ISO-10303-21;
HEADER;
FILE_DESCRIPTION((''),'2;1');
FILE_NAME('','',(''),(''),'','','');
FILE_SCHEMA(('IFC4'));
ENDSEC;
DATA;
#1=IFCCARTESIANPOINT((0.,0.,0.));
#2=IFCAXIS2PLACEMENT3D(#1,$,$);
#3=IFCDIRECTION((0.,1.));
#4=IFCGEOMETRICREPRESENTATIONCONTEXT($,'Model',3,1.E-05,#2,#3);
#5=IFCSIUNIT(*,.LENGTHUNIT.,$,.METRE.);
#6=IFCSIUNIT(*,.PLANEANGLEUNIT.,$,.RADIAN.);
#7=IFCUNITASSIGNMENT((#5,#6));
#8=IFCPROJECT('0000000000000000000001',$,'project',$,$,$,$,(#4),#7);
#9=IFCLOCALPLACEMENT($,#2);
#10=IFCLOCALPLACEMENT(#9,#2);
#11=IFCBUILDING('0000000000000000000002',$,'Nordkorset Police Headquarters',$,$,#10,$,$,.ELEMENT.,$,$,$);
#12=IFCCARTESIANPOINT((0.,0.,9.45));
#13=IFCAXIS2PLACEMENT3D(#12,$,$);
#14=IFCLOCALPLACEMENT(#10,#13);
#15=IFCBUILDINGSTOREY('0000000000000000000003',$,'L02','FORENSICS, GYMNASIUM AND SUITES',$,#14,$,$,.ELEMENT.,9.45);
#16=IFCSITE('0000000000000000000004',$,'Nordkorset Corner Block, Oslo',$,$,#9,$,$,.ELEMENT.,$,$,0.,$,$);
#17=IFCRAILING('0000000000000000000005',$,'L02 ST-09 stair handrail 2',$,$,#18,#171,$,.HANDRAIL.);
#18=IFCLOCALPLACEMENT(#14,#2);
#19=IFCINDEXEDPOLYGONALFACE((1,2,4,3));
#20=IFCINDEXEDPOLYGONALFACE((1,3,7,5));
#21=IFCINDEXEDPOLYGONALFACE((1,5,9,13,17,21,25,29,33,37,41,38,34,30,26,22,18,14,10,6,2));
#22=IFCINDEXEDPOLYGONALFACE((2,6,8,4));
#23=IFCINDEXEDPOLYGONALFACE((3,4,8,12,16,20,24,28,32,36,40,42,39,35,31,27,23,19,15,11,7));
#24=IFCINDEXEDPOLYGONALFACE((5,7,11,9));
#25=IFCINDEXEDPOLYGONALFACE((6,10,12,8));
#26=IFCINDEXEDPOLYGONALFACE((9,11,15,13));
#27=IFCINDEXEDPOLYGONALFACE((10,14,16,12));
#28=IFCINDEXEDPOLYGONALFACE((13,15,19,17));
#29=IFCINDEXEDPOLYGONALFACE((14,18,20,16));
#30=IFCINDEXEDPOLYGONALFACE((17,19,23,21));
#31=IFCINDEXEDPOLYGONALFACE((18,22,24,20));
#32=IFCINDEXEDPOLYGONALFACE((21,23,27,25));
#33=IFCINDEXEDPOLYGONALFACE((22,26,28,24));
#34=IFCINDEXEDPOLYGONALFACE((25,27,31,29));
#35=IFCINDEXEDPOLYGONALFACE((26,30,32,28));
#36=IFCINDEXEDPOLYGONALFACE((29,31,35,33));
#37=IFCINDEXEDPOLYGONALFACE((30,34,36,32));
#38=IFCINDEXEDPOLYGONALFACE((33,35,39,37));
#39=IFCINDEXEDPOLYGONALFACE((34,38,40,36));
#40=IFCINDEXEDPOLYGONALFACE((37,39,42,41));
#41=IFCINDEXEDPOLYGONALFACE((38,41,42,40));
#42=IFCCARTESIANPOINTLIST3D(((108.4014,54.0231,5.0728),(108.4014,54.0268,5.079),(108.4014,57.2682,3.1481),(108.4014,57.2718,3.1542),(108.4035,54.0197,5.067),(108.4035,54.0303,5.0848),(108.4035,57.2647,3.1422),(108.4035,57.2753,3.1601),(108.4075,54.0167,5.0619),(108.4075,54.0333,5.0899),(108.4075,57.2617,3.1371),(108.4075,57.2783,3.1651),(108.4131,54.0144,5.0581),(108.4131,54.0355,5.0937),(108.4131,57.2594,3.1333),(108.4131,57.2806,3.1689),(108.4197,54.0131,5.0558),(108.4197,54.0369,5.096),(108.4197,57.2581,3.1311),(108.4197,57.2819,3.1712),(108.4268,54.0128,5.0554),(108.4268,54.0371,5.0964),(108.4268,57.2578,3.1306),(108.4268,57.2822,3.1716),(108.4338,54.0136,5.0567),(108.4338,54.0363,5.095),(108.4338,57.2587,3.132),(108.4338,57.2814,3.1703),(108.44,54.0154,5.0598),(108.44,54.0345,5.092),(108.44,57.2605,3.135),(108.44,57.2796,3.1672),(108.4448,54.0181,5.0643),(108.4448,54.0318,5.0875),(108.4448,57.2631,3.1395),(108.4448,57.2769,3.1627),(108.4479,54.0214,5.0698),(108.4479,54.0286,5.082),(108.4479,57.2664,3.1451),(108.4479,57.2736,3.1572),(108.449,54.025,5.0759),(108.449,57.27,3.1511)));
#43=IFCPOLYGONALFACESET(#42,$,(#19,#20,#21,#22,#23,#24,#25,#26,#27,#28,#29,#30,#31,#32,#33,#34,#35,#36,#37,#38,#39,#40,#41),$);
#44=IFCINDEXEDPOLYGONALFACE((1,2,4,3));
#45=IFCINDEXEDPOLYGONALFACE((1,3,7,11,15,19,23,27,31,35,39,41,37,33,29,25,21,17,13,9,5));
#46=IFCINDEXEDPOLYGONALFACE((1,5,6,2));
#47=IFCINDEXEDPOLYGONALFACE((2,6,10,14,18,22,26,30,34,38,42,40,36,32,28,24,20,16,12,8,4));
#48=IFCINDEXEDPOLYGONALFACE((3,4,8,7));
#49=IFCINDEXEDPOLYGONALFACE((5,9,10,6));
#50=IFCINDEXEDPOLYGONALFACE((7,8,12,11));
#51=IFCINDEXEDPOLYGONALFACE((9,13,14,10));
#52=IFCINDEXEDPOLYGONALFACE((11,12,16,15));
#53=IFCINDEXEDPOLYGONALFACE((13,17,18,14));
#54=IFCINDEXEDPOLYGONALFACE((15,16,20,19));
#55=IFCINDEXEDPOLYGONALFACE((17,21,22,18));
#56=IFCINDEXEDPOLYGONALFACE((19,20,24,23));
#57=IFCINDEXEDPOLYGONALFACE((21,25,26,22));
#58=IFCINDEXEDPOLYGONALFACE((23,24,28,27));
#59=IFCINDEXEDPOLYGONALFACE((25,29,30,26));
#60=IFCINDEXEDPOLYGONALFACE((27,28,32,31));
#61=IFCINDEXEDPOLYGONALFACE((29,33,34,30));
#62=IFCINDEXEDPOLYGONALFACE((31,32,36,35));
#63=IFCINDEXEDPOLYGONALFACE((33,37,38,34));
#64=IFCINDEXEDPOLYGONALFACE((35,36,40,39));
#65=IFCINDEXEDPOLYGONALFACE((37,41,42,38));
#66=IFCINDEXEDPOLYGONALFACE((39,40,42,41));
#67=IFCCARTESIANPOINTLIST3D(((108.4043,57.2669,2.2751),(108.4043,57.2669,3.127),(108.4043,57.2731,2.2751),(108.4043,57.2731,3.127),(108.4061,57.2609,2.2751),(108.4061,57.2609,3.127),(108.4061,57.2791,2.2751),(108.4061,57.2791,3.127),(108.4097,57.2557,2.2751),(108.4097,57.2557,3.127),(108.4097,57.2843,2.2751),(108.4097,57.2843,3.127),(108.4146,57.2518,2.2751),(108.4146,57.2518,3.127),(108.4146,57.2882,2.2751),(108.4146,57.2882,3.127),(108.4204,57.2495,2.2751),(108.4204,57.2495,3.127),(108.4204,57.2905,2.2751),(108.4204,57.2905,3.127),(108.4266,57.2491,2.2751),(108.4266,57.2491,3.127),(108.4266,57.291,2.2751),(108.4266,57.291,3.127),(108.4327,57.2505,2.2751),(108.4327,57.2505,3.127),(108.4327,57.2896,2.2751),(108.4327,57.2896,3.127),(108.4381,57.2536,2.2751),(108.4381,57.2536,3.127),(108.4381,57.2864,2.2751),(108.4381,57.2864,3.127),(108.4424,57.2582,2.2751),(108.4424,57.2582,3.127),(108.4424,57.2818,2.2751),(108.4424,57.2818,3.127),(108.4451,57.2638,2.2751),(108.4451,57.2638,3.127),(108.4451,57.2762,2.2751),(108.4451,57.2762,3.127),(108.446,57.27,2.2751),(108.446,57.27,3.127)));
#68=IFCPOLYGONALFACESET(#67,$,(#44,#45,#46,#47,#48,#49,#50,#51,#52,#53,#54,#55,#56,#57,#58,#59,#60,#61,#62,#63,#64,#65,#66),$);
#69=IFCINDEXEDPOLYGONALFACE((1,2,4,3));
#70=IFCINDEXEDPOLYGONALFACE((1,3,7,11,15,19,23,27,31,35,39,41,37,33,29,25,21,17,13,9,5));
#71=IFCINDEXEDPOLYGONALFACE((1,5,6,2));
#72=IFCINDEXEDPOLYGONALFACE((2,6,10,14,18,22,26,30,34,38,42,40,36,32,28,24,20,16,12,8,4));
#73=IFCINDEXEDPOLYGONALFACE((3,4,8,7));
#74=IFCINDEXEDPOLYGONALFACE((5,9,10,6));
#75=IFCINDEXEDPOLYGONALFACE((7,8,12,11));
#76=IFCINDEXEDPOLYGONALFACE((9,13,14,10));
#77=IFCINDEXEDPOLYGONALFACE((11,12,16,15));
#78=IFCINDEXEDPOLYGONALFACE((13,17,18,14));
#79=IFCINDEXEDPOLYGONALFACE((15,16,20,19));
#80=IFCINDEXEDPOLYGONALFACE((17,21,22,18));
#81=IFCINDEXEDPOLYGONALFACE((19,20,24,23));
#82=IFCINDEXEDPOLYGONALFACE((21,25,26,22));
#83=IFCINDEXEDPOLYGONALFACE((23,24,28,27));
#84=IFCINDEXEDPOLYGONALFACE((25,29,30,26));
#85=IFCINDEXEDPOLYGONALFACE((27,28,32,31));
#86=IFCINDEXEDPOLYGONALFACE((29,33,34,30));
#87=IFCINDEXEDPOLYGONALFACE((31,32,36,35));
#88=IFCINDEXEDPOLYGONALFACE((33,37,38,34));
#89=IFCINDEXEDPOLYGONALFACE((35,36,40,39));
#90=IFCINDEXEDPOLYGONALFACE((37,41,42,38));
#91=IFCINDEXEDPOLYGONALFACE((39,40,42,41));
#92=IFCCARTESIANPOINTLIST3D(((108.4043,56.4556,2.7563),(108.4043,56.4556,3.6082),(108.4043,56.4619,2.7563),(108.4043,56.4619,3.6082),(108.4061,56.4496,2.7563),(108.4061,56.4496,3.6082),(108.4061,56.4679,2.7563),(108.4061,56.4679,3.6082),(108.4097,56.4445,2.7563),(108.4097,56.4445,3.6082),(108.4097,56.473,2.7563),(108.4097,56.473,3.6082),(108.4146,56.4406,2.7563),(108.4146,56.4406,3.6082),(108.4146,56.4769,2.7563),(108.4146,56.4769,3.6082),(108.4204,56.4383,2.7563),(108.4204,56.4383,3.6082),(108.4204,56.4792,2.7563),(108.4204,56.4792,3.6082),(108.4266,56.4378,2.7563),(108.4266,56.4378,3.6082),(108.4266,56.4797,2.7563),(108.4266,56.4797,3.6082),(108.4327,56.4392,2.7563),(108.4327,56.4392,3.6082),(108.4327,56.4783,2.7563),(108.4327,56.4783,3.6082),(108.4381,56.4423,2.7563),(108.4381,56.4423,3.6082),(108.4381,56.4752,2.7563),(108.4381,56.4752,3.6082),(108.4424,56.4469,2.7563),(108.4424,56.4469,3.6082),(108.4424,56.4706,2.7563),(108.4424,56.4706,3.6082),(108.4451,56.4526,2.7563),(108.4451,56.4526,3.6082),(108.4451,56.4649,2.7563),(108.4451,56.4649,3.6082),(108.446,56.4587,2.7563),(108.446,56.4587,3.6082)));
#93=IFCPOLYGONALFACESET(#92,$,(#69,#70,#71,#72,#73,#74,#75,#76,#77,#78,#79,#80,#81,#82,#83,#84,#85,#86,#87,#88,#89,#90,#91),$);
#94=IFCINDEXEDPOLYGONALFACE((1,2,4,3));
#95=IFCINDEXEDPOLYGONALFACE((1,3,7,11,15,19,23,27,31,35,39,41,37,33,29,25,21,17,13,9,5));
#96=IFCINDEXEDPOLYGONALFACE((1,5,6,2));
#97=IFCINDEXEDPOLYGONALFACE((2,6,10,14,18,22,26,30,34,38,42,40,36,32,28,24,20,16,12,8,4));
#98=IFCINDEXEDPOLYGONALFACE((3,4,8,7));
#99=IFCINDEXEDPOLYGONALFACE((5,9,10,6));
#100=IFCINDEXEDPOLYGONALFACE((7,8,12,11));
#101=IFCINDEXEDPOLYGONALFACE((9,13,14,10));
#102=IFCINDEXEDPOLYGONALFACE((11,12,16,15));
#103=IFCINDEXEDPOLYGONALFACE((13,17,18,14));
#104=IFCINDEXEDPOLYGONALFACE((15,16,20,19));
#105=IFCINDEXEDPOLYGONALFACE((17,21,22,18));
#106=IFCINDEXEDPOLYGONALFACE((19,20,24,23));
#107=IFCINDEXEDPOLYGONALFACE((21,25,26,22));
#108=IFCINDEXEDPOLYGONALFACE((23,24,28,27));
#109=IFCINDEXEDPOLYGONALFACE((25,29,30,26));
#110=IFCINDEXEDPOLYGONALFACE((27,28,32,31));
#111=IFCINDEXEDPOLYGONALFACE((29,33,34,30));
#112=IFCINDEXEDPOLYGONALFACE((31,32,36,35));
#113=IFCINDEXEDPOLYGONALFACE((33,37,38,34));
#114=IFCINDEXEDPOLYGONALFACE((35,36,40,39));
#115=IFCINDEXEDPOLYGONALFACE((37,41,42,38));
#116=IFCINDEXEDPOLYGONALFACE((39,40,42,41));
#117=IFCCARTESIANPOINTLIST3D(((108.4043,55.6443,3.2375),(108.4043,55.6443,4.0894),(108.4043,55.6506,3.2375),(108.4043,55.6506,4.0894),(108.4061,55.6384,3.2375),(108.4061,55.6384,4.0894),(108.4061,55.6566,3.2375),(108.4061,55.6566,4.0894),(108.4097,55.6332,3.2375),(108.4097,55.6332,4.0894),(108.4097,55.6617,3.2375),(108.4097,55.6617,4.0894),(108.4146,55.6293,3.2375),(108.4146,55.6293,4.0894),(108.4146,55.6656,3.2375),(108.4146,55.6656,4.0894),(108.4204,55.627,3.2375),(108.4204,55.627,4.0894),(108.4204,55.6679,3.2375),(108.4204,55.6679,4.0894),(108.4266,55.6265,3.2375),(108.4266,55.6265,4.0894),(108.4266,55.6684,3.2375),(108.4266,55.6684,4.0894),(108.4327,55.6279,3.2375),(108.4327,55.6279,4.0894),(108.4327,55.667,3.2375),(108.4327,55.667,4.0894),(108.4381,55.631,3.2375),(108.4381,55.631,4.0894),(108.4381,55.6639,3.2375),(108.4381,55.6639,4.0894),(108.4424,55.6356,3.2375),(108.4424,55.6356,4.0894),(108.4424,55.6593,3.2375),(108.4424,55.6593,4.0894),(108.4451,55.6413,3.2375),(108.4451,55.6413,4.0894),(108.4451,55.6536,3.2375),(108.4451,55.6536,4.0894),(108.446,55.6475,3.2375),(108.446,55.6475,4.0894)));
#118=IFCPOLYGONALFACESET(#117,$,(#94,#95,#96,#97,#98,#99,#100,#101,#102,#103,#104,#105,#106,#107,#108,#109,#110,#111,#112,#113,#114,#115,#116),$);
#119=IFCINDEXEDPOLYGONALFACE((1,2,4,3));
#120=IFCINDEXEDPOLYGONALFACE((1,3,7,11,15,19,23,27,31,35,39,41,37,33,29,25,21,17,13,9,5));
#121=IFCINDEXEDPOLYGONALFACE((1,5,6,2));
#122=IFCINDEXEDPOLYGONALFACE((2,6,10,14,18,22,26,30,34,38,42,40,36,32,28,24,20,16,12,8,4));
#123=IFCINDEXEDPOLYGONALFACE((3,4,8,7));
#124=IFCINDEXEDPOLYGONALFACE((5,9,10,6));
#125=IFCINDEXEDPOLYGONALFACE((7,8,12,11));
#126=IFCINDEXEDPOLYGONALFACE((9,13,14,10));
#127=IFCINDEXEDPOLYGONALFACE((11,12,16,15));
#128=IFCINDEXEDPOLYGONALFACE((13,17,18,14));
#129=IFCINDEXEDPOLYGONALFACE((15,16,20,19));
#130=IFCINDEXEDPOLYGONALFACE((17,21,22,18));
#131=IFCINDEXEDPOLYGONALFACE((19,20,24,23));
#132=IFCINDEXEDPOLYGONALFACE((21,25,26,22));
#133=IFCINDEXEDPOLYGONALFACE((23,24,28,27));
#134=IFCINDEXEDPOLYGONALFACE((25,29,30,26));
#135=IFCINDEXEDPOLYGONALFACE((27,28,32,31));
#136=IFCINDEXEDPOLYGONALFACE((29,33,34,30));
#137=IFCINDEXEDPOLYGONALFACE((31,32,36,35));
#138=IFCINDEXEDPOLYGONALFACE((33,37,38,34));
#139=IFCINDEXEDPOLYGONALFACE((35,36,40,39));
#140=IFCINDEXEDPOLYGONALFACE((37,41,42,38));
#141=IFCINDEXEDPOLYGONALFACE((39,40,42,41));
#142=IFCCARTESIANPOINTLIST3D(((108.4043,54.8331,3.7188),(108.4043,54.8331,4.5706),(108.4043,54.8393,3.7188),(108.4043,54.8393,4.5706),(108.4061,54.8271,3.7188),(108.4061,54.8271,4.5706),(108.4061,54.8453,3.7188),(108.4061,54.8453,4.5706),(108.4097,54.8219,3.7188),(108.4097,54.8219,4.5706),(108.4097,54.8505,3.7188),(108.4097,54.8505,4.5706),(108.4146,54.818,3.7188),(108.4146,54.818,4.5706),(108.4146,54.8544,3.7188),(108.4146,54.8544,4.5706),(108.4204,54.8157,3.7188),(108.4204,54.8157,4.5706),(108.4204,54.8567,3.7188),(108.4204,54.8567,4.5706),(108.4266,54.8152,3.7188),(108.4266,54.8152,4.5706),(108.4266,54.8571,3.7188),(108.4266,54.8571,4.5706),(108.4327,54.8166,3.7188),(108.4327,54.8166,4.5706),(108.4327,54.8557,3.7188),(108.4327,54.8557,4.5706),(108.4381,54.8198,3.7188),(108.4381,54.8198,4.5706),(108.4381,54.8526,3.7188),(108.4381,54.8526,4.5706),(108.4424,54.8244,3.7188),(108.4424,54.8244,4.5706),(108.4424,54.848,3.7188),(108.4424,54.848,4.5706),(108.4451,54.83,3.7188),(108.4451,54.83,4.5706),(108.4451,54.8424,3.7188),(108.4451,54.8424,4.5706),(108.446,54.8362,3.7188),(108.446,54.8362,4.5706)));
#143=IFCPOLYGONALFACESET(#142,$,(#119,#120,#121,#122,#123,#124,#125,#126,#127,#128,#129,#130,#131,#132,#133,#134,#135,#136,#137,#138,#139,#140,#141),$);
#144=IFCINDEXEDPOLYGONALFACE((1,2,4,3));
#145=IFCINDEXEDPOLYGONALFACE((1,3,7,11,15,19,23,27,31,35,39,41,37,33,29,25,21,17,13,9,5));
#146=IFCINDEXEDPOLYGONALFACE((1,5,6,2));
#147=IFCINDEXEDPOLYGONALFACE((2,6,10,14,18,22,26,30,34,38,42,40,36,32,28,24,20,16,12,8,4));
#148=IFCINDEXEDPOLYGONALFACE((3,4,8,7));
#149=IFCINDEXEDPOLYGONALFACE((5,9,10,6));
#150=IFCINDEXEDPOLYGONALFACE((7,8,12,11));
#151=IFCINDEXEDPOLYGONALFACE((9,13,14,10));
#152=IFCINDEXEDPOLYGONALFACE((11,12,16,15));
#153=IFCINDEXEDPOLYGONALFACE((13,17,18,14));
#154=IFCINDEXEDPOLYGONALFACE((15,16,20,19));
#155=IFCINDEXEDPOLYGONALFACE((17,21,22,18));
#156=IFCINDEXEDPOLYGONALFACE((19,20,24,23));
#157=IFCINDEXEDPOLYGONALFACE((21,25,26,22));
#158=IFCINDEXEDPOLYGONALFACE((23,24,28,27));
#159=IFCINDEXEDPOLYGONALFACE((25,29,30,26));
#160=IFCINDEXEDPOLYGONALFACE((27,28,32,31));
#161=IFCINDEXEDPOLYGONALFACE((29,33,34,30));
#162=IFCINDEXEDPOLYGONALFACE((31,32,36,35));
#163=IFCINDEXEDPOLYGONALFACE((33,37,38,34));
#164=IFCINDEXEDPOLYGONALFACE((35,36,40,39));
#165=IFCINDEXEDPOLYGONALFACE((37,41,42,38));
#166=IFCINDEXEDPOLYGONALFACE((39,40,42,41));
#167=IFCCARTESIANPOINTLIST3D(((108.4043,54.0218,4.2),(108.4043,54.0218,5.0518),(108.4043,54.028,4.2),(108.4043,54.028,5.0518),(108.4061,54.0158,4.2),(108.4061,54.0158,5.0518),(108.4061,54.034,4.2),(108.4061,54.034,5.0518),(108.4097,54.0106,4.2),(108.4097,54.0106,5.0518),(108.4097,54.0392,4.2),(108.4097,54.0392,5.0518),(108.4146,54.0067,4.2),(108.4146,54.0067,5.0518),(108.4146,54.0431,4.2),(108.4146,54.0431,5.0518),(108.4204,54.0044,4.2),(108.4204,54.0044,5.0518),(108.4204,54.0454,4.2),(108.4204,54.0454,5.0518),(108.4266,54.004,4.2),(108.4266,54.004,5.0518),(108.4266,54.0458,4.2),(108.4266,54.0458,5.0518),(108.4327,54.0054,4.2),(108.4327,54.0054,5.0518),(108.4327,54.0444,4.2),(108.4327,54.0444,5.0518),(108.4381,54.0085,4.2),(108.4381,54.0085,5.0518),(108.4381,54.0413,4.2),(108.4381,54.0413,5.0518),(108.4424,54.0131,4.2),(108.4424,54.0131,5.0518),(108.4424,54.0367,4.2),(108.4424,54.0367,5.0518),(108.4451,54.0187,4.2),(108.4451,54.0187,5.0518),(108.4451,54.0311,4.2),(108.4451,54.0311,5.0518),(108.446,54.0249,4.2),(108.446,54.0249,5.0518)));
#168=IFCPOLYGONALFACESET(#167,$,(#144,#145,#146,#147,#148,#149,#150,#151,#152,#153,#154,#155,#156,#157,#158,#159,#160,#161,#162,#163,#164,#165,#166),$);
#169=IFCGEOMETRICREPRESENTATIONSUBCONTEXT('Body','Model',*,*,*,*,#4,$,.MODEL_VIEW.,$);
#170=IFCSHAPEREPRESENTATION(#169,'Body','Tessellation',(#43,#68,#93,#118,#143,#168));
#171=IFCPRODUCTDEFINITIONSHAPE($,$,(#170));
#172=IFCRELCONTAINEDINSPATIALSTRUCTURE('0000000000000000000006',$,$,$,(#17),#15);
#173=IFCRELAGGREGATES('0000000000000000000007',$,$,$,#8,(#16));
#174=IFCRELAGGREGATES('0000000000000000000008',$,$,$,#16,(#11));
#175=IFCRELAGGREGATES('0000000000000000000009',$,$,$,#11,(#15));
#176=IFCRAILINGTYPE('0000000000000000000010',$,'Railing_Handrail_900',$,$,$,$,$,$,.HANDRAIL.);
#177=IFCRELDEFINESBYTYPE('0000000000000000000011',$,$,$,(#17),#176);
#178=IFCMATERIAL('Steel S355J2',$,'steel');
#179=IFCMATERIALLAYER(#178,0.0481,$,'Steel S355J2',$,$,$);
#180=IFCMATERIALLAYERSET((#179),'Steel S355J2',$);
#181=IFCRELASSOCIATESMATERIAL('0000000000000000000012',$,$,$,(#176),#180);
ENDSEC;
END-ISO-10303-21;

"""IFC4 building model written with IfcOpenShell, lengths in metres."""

from ifc_helpers import new_model, si_unit, direction, frame, origin, origin_2d, place, context, subcontext, project, spatial, circle, extrude, material, layer, layer_set, type_object, element, save


model = new_model("IFC4")

# Units and contexts
model_context = context("Model", 3, precision=1e-05, world=origin(), true_north=direction((0.0, 1.0)))
body_context = subcontext(model_context, "Body", "Model", "MODEL_VIEW")
ifc_project = project(units=[si_unit("LENGTHUNIT", "METRE"), si_unit("PLANEANGLEUNIT", "RADIAN")], contexts=[model_context])

# Site, building, storey
site_placement = place(None, origin())
site = spatial("IfcSite", under=ifc_project, at=site_placement, Name="Nordkorset Corner Block, Oslo", CompositionType="ELEMENT", RefElevation=0.0)
building_placement = place(site_placement, origin())
building = spatial("IfcBuilding", under=site, at=building_placement, Name="Nordkorset Police Headquarters", CompositionType="ELEMENT")
storey_placement = place(building_placement, frame((0.0, 0.0, 9.45)))
storey = spatial("IfcBuildingStorey", under=building, at=storey_placement, Name="L02", Description="FORENSICS, GYMNASIUM AND SUITES", CompositionType="ELEMENT", Elevation=9.45)

# Railing
ifc_material_1 = material(Name="Steel S355J2", Category="steel")
ifc_layer_1 = layer(ifc_material_1, 0.0481, Name="Steel S355J2")
ifc_layer_set_1 = layer_set([ifc_layer_1], Name="Steel S355J2")
railing_type_1 = type_object("IfcRailingType", Name="Railing_Handrail_900", PredefinedType="HANDRAIL", material=ifc_layer_set_1)
railing_1_placement = place(storey_placement, frame((108.425, 57.27, 2.2751)))
element("IfcRailing", 1, at=railing_1_placement, inside=storey, type_object=railing_type_1, Name="L02 ST-09 stair handrail 2", PredefinedType="HANDRAIL", context=body_context, shape_type="SweptSolid", body=[
    extrude(circle(Radius=0.0239, at=origin_2d()), frame((0.0, 0.0, 0.876), z_axis=(0.0, -0.860085, 0.51015), x_axis=(1.0, 0.0, 0.0)), (0.0, 0.0, 1.0), 3.7729),
    extrude(circle(Radius=0.021, at=origin_2d()), origin(), (0.0, 0.0, 1.0), 0.8518),
    extrude(circle(Radius=0.021, at=origin_2d()), frame((0.0, -0.8113, 0.4812)), (0.0, 0.0, 1.0), 0.8518),
    extrude(circle(Radius=0.021, at=origin_2d()), frame((0.0, -1.6226, 0.9624)), (0.0, 0.0, 1.0), 0.8518),
    extrude(circle(Radius=0.021, at=origin_2d()), frame((0.0, -2.4338, 1.4436)), (0.0, 0.0, 1.0), 0.8518),
    extrude(circle(Radius=0.021, at=origin_2d()), frame((0.0, -3.2451, 1.9248)), (0.0, 0.0, 1.0), 0.8518),
])

save(model, "model.ifc")
